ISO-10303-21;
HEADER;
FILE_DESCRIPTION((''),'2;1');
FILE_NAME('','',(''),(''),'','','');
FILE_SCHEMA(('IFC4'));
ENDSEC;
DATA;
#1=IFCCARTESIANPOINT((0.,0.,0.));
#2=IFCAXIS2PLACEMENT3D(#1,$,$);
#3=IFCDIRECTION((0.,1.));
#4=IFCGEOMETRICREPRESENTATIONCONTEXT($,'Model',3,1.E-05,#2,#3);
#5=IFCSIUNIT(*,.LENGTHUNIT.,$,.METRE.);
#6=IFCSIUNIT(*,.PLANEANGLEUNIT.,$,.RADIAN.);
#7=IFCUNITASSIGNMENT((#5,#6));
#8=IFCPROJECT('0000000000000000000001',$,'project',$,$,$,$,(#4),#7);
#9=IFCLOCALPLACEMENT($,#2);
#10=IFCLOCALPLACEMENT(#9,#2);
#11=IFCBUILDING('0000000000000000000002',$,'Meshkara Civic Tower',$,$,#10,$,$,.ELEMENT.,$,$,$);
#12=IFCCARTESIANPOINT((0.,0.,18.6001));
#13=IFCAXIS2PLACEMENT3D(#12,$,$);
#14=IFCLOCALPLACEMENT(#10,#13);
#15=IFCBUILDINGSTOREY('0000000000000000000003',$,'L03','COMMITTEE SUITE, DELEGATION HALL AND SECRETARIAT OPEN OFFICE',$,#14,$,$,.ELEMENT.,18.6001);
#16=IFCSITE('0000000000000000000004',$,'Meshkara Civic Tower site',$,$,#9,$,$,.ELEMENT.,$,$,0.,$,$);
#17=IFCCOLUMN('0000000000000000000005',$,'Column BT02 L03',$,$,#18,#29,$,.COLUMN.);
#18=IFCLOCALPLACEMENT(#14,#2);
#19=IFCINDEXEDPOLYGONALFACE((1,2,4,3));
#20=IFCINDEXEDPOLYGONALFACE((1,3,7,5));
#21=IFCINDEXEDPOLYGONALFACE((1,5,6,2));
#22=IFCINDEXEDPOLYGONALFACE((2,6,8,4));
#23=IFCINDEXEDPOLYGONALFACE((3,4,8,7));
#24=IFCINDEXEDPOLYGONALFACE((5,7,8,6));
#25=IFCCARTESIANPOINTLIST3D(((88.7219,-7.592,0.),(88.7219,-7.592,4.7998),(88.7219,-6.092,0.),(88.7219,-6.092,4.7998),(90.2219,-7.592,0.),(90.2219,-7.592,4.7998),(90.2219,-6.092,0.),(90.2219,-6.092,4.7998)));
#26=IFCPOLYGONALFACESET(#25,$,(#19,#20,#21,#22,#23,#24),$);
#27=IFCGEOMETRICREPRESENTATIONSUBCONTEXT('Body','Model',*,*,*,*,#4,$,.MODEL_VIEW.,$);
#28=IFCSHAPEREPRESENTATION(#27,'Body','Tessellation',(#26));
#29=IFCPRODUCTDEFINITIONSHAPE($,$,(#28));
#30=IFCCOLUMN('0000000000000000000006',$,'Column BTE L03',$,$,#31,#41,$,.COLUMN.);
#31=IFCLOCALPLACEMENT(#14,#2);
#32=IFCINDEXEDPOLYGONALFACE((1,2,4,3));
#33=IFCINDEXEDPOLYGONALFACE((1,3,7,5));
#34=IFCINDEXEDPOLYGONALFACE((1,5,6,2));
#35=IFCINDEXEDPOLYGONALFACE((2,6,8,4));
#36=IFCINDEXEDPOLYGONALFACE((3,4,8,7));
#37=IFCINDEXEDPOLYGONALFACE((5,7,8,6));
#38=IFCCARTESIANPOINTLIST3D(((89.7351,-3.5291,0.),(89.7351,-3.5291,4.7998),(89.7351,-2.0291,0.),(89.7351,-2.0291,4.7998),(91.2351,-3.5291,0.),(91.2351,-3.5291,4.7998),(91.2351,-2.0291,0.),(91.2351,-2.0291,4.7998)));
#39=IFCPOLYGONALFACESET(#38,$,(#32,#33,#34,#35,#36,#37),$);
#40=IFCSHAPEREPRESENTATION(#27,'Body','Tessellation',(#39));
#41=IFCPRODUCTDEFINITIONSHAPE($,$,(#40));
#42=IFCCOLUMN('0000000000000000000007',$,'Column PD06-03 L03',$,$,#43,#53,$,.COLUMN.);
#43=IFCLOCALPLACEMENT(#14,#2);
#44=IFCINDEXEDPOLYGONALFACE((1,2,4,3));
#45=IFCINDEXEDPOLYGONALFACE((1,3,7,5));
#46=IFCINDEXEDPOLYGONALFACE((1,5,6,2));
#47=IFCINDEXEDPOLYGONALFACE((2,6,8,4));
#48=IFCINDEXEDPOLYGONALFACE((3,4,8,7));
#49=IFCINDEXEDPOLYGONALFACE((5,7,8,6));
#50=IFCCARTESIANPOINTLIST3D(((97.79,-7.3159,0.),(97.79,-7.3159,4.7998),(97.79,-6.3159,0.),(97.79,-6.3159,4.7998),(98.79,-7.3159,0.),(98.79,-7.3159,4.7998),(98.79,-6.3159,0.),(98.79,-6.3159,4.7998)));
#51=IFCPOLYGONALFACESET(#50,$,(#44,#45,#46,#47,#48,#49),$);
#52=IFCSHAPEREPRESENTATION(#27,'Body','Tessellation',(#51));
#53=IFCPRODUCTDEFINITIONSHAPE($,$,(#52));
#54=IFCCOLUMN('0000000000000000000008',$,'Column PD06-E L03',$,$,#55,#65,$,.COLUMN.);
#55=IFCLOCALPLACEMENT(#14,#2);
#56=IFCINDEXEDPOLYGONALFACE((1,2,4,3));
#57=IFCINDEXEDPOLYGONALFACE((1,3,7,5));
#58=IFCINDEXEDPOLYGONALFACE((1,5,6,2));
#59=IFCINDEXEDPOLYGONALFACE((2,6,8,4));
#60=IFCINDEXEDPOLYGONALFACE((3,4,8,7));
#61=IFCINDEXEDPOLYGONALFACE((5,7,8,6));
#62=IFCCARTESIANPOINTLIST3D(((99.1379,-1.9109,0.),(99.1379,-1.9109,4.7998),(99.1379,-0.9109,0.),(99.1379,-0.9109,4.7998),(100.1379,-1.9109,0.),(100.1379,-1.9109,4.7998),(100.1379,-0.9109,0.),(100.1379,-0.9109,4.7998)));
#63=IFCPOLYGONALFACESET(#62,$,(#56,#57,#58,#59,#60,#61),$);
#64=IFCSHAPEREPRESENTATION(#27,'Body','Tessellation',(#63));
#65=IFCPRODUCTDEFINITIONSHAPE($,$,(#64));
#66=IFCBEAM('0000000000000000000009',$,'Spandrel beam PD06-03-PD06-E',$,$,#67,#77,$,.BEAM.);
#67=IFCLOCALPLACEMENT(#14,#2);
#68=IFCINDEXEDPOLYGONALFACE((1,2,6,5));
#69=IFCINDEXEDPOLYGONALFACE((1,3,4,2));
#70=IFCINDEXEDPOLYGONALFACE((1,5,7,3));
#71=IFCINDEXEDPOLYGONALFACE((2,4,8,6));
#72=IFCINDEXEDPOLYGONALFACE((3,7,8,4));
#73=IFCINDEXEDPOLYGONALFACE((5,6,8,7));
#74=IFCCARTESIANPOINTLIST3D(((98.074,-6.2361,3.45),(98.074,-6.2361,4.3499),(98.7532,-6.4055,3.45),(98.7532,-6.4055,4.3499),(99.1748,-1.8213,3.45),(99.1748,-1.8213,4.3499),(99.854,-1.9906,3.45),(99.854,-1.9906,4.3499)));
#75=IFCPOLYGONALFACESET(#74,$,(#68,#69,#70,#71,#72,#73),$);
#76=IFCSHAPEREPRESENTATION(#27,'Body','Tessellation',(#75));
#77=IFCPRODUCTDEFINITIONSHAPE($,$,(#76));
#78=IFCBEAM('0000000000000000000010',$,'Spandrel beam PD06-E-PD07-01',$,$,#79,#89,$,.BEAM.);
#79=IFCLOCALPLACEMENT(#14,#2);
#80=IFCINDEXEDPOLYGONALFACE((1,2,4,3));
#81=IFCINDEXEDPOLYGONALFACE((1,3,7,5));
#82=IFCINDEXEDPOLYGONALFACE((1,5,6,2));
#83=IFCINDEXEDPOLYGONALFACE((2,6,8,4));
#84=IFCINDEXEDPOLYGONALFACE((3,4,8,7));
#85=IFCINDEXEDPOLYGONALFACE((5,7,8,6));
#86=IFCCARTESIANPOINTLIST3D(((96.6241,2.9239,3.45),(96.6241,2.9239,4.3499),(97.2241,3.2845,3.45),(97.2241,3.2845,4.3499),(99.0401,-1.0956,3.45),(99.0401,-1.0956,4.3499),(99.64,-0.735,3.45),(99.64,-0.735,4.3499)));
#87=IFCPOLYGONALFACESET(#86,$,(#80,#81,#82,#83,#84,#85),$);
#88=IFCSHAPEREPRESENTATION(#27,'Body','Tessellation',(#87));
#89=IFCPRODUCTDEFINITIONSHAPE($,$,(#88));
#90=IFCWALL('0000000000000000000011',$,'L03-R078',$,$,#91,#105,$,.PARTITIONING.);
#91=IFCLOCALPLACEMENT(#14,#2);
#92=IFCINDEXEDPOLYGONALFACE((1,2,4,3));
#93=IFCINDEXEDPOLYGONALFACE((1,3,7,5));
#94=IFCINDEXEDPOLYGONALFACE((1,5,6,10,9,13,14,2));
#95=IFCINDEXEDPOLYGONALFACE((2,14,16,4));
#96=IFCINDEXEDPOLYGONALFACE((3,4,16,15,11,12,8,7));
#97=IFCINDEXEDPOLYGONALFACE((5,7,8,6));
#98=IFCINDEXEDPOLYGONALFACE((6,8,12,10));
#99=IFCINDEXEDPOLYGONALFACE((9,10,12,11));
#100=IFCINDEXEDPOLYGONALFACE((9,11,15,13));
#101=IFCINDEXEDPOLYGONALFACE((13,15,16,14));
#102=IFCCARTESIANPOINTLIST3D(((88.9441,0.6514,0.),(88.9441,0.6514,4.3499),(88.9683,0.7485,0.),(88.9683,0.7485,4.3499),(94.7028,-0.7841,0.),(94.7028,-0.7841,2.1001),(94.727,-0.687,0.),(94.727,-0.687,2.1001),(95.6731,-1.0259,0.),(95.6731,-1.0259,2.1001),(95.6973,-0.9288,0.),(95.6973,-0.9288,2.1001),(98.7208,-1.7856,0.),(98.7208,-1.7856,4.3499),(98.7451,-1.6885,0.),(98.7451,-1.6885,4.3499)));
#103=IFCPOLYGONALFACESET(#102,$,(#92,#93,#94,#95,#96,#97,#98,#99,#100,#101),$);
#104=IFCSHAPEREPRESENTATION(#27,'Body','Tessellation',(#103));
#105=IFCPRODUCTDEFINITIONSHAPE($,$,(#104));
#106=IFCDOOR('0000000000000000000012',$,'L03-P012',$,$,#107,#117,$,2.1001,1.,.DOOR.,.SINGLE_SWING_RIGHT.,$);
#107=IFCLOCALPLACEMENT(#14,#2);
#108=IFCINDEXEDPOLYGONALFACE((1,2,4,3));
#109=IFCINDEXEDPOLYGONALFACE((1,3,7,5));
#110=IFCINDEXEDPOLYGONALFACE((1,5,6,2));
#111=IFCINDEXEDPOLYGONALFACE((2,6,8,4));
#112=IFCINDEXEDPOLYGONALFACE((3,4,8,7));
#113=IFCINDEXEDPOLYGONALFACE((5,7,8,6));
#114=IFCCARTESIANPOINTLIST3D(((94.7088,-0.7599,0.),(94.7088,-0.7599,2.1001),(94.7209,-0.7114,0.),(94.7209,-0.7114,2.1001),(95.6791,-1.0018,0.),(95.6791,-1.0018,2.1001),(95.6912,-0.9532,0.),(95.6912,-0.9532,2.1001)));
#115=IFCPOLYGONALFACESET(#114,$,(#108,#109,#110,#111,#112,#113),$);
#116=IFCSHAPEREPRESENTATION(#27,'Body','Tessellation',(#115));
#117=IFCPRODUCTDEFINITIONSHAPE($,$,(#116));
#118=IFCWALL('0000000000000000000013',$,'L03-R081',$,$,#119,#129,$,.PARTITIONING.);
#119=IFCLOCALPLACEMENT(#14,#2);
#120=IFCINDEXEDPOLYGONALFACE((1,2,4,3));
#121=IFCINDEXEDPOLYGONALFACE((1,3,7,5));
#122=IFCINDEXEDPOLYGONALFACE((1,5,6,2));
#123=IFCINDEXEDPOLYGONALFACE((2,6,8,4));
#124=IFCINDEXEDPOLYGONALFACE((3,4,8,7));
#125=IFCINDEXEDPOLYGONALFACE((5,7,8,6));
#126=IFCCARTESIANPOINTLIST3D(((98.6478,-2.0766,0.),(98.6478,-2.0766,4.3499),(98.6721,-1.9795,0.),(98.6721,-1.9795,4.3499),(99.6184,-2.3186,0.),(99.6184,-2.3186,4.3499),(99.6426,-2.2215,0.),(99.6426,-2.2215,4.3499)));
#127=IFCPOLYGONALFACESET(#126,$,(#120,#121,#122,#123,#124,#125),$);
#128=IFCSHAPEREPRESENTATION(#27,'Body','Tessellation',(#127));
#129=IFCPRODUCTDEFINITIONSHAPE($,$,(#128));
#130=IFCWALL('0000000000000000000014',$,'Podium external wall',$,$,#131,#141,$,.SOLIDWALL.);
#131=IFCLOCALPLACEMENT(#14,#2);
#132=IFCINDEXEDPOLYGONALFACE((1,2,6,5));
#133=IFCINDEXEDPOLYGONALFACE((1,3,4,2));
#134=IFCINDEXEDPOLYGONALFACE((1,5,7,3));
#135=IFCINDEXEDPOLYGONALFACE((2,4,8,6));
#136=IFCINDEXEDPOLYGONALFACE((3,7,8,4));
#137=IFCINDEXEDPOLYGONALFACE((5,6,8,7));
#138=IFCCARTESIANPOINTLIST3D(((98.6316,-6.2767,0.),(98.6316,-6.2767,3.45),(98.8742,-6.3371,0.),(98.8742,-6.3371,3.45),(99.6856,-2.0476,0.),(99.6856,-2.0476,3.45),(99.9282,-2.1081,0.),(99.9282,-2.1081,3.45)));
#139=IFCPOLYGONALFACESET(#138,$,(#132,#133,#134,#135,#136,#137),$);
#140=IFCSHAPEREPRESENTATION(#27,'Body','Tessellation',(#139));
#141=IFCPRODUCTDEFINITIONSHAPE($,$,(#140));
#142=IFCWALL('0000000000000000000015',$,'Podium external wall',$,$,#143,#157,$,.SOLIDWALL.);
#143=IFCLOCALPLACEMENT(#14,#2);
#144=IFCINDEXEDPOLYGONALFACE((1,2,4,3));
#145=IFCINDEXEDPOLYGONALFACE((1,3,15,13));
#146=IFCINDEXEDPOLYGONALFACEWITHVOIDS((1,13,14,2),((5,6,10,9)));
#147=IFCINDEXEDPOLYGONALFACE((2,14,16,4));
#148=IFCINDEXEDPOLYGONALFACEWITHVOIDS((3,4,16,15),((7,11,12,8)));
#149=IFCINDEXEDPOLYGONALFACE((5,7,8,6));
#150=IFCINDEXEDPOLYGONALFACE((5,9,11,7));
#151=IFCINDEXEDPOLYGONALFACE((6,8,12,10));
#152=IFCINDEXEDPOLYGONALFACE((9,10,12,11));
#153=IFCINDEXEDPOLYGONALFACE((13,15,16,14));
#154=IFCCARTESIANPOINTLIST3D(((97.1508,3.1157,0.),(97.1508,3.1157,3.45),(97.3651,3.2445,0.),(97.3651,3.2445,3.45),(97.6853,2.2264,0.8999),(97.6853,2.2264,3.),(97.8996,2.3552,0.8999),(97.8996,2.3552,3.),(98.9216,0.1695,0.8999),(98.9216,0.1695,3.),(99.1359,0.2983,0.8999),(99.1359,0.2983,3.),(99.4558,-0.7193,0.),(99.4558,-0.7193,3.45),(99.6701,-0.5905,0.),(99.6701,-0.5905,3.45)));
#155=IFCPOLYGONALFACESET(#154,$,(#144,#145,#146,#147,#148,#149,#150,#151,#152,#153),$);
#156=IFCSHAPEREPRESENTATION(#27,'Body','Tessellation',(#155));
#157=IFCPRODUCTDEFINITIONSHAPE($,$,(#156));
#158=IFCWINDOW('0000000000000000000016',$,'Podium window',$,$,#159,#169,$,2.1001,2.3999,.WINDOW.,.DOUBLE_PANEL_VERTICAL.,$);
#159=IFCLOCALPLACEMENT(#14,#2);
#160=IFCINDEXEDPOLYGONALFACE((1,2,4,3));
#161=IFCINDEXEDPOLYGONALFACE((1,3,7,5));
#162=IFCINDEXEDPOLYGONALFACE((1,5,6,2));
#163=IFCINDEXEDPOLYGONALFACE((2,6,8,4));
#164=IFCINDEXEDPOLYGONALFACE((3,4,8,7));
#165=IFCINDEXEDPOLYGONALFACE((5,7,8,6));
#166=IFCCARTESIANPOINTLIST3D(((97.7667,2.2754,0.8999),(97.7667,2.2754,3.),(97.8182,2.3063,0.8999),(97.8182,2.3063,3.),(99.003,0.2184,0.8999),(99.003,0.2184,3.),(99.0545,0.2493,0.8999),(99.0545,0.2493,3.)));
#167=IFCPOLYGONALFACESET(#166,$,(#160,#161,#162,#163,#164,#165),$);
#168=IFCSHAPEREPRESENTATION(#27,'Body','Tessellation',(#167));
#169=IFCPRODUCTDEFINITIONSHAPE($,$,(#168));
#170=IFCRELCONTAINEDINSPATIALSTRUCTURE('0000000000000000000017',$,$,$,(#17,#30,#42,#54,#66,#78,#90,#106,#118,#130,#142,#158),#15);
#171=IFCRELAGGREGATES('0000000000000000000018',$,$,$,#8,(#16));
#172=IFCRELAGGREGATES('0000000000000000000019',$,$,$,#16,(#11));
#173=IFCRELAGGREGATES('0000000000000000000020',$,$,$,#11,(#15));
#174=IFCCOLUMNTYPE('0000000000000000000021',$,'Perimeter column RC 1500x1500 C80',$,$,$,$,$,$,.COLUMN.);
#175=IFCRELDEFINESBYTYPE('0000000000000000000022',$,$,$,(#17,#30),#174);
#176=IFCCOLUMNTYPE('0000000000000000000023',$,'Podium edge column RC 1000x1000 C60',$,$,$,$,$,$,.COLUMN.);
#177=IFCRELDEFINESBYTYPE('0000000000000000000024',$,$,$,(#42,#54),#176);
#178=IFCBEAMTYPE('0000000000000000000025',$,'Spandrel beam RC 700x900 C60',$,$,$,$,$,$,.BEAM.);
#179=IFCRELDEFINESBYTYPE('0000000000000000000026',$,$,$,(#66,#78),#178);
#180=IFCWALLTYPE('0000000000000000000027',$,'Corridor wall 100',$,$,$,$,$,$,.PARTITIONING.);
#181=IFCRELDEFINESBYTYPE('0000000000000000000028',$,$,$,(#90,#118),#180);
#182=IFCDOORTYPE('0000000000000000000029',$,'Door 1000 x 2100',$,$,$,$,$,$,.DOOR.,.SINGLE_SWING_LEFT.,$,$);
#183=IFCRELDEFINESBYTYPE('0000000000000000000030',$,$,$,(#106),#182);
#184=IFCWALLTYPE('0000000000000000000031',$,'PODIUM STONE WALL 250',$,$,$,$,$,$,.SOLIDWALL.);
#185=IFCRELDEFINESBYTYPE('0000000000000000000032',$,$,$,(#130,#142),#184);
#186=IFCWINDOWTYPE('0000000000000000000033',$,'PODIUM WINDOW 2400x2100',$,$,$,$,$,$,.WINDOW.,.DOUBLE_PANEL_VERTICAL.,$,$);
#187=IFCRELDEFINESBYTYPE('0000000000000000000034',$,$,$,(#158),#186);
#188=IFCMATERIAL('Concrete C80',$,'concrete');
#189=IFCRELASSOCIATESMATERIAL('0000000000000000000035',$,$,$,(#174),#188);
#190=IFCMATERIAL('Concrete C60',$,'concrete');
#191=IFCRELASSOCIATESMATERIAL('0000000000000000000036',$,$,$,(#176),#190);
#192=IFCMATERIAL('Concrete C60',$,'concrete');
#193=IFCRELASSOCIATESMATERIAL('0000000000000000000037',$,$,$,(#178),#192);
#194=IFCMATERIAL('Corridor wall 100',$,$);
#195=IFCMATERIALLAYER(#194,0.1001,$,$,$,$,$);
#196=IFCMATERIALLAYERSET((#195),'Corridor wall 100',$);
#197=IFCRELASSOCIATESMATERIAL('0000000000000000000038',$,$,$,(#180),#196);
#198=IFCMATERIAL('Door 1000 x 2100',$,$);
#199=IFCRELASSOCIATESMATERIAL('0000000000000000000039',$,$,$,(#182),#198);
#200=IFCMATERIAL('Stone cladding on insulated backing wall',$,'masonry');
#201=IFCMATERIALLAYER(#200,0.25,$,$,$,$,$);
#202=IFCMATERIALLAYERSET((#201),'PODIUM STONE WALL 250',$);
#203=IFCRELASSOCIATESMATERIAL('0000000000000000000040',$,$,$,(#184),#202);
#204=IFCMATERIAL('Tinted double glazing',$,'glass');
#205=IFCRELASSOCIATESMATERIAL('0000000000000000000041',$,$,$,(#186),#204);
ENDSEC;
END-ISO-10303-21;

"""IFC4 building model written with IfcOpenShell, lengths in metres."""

from ifc_helpers import new_model, si_unit, direction, frame, frame_2d, origin, origin_2d, place, context, subcontext, project, spatial, rectangle, extrude, material, layer, layer_set, material_profile, profile_set, type_object, element, fill, save


model = new_model("IFC4")

# Units and contexts
model_context = context("Model", 3, precision=1e-05, world=origin(), true_north=direction((0.0, 1.0)))
body_context = subcontext(model_context, "Body", "Model", "MODEL_VIEW")
ifc_project = project(units=[si_unit("LENGTHUNIT", "METRE"), si_unit("PLANEANGLEUNIT", "RADIAN")], contexts=[model_context])

# Site, building, storey
site_placement = place(None, origin())
site = spatial("IfcSite", under=ifc_project, at=site_placement, Name="Meshkara Civic Tower site", CompositionType="ELEMENT", RefElevation=0.0)
building_placement = place(site_placement, origin())
building = spatial("IfcBuilding", under=site, at=building_placement, Name="Meshkara Civic Tower", CompositionType="ELEMENT")
storey_placement = place(building_placement, frame((0.0, 0.0, 18.6001)))
storey = spatial("IfcBuildingStorey", under=building, at=storey_placement, Name="L03", Description="COMMITTEE SUITE, DELEGATION HALL AND SECRETARIAT OPEN OFFICE", CompositionType="ELEMENT", Elevation=18.6001)

# Columns
ifc_material_1 = material(Name="Concrete C80", Category="concrete")
ifc_material_profile_1 = material_profile(ifc_material_1, rectangle(XDim=1.5, YDim=1.5, at=origin_2d()))
ifc_profile_set_1 = profile_set([ifc_material_profile_1], Name="Concrete C80")
column_type_1 = type_object("IfcColumnType", Name="Perimeter column RC 1500x1500 C80", PredefinedType="COLUMN", material=ifc_profile_set_1)
for number, where, z_axis, x_axis, name in (
    (1, (89.4719, -6.842, 0.0), (0.0, 0.0, 1.0), (1.0, 0.0, 0.0), "Column BT02 L03"),
    (2, (90.4851, -2.7791, 0.0), (0.0, 0.0, 1.0), (1.0, 0.0, 0.0), "Column BTE L03"),
):
    element("IfcColumn", number, at=place(storey_placement, frame(where, z_axis=z_axis, x_axis=x_axis)), inside=storey, type_object=column_type_1, Name=name, PredefinedType="COLUMN", context=body_context, shape_type="SweptSolid", body=[
        extrude(rectangle(XDim=1.5, YDim=1.5, at=origin_2d()), origin(), (0.0, 0.0, 1.0), 4.7998),
    ])
ifc_material_2 = material(Name="Concrete C60", Category="concrete")
ifc_material_profile_2 = material_profile(ifc_material_2, rectangle(XDim=1.0, YDim=1.0, at=origin_2d()))
ifc_profile_set_2 = profile_set([ifc_material_profile_2], Name="Concrete C60")
column_type_2 = type_object("IfcColumnType", Name="Podium edge column RC 1000x1000 C60", PredefinedType="COLUMN", material=ifc_profile_set_2)
for number, where, z_axis, x_axis, name in (
    (3, (98.29, -6.8159, 0.0), (0.0, 0.0, 1.0), (1.0, 0.0, 0.0), "Column PD06-03 L03"),
    (4, (99.6379, -1.4109, 0.0), (0.0, 0.0, 1.0), (1.0, 0.0, 0.0), "Column PD06-E L03"),
):
    element("IfcColumn", number, at=place(storey_placement, frame(where, z_axis=z_axis, x_axis=x_axis)), inside=storey, type_object=column_type_2, Name=name, PredefinedType="COLUMN", context=body_context, shape_type="SweptSolid", body=[
        extrude(rectangle(XDim=1.0, YDim=1.0, at=origin_2d()), origin(), (0.0, 0.0, 1.0), 4.7998),
    ])

# Beams
ifc_material_3 = material(Name="Concrete C60", Category="concrete")
ifc_material_profile_3 = material_profile(ifc_material_3, rectangle(XDim=0.7, YDim=0.8999, at=origin_2d()))
ifc_profile_set_3 = profile_set([ifc_material_profile_3], Name="Concrete C60")
beam_type = type_object("IfcBeamType", Name="Spandrel beam RC 700x900 C60", PredefinedType="BEAM", material=ifc_profile_set_3)
beam_1_placement = place(storey_placement, frame((98.4136, -6.3208, 3.8999), z_axis=(0.241942, 0.970291, 0.0), x_axis=(-0.970291, 0.241942, 0.0)))
element("IfcBeam", 5, at=beam_1_placement, inside=storey, type_object=beam_type, Name="Spandrel beam PD06-03-PD06-E", PredefinedType="BEAM", context=body_context, shape_type="SweptSolid", body=[
    extrude(rectangle(XDim=0.7, YDim=0.8999, at=origin_2d()), origin(), (0.0, 0.0, 1.0), 4.55),
])
beam_2_placement = place(storey_placement, frame((99.3401, -0.9153, 3.8999), z_axis=(-0.515169, 0.857088, 0.0), x_axis=(-0.857088, -0.515169, 0.0)))
element("IfcBeam", 6, at=beam_2_placement, inside=storey, type_object=beam_type, Name="Spandrel beam PD06-E-PD07-01", PredefinedType="BEAM", context=body_context, shape_type="SweptSolid", body=[
    extrude(rectangle(XDim=0.7, YDim=0.8999, at=origin_2d()), origin(), (0.0, 0.0, 1.0), 4.6897),
])

# Wall, opening, door
ifc_material_4 = material(Name="Corridor wall 100")
ifc_layer_1 = layer(ifc_material_4, 0.1001)
ifc_layer_set_1 = layer_set([ifc_layer_1], Name="Corridor wall 100")
wall_type_1 = type_object("IfcWallType", Name="Corridor wall 100", PredefinedType="PARTITIONING", material=ifc_layer_set_1)
wall_1_placement = place(storey_placement, frame((88.9561, 0.7, 0.0), z_axis=(0.0, 0.0, 1.0), x_axis=(0.97031, -0.241863, 0.0)))
wall_1 = element("IfcWall", 7, at=wall_1_placement, inside=storey, type_object=wall_type_1, Name="L03-R078", PredefinedType="PARTITIONING", context=body_context, shape_type="SweptSolid", body=[
    extrude(rectangle(XDim=10.0759, YDim=0.1001, at=frame_2d((5.0381, 0.0))), origin(), (0.0, 0.0, 1.0), 4.3499),
])
opening_1_placement = place(wall_1_placement, frame((5.9351, 0.0, 0.0)))
opening_1 = element("IfcOpeningElement", 8, at=opening_1_placement, cuts=wall_1, PredefinedType="OPENING", context=body_context, shape_type="SweptSolid", body=[
    extrude(rectangle(XDim=1.0, YDim=2.1001, at=frame_2d((0.5, 1.05))), frame((0.0, 0.0601, 0.0), z_axis=(0.0, -1.0, 0.0), x_axis=(1.0, 0.0, 0.0)), (0.0, 0.0, 1.0), 0.1201),
])
ifc_material_5 = material(Name="Door 1000 x 2100")
door_type = type_object("IfcDoorType", Name="Door 1000 x 2100", OperationType="SINGLE_SWING_LEFT", PredefinedType="DOOR", material=ifc_material_5)
door_1_placement = place(opening_1_placement, origin())
door_1 = element("IfcDoor", 9, at=door_1_placement, inside=storey, type_object=door_type, Name="L03-P012", OperationType="SINGLE_SWING_RIGHT", OverallHeight=2.1001, OverallWidth=1.0, PredefinedType="DOOR", context=body_context, shape_type="SweptSolid", body=[
    extrude(rectangle(XDim=1.0, YDim=2.1001, at=frame_2d((0.5, 1.05))), frame((0.0, 0.0249, 0.0), z_axis=(0.0, -1.0, 0.0), x_axis=(1.0, 0.0, 0.0)), (0.0, 0.0, 1.0), 0.05),
])
fill(opening_1, door_1)

# Walls
wall_2_placement = place(storey_placement, frame((99.6304, -2.27, 0.0), z_axis=(0.0, 0.0, 1.0), x_axis=(-0.9703, 0.241904, 0.0)))
element("IfcWall", 10, at=wall_2_placement, inside=storey, type_object=wall_type_1, Name="L03-R081", PredefinedType="PARTITIONING", context=body_context, shape_type="SweptSolid", body=[
    extrude(rectangle(XDim=1.0002, YDim=0.1001, at=frame_2d((0.5, 0.0))), origin(), (0.0, 0.0, 1.0), 4.3499),
])
ifc_material_6 = material(Name="Stone cladding on insulated backing wall", Category="masonry")
ifc_layer_2 = layer(ifc_material_6, 0.25)
ifc_layer_set_2 = layer_set([ifc_layer_2], Name="PODIUM STONE WALL 250")
wall_type_2 = type_object("IfcWallType", Name="PODIUM STONE WALL 250", PredefinedType="SOLIDWALL", material=ifc_layer_set_2)
wall_3_placement = place(storey_placement, frame((98.7529, -6.3069, 0.0), z_axis=(0.0, 0.0, 1.0), x_axis=(0.241824, 0.97032, 0.0)))
element("IfcWall", 11, at=wall_3_placement, inside=storey, type_object=wall_type_2, Name="Podium external wall", PredefinedType="SOLIDWALL", context=body_context, shape_type="SweptSolid", body=[
    extrude(rectangle(XDim=4.3584, YDim=0.25, at=frame_2d((2.1792, 0.0))), origin(), (0.0, 0.0, 1.0), 3.45),
])

# Wall, opening, window
wall_4_placement = place(storey_placement, frame((99.563, -0.655, 0.0), z_axis=(0.0, 0.0, 1.0), x_axis=(-0.515146, 0.857103, 0.0)))
wall_4 = element("IfcWall", 12, at=wall_4_placement, inside=storey, type_object=wall_type_2, Name="Podium external wall", PredefinedType="SOLIDWALL", context=body_context, shape_type="SweptSolid", body=[
    extrude(rectangle(XDim=4.4744, YDim=0.25, at=frame_2d((2.2373, 0.0))), origin(), (0.0, 0.0, 1.0), 3.45),
])
opening_2_placement = place(wall_4_placement, frame((1.0371, 0.0, 0.8999)))
opening_2 = element("IfcOpeningElement", 13, at=opening_2_placement, cuts=wall_4, PredefinedType="OPENING", context=body_context, shape_type="SweptSolid", body=[
    extrude(rectangle(XDim=2.3999, YDim=2.1001, at=frame_2d((1.2, 1.05))), frame((0.0, 0.135, 0.0), z_axis=(0.0, -1.0, 0.0), x_axis=(1.0, 0.0, 0.0)), (0.0, 0.0, 1.0), 0.27),
])
ifc_material_7 = material(Name="Tinted double glazing", Category="glass")
window_type = type_object("IfcWindowType", Name="PODIUM WINDOW 2400x2100", PartitioningType="DOUBLE_PANEL_VERTICAL", PredefinedType="WINDOW", material=ifc_material_7)
window_placement = place(opening_2_placement, origin())
window = element("IfcWindow", 14, at=window_placement, inside=storey, type_object=window_type, Name="Podium window", OverallHeight=2.1001, OverallWidth=2.3999, PartitioningType="DOUBLE_PANEL_VERTICAL", PredefinedType="WINDOW", context=body_context, shape_type="SweptSolid", body=[
    extrude(rectangle(XDim=2.3999, YDim=2.1001, at=frame_2d((1.2, 1.05))), frame((0.0, 0.03, 0.0), z_axis=(0.0, -1.0, 0.0), x_axis=(1.0, 0.0, 0.0)), (0.0, 0.0, 1.0), 0.0601),
])
fill(opening_2, window)

save(model, "model.ifc")
